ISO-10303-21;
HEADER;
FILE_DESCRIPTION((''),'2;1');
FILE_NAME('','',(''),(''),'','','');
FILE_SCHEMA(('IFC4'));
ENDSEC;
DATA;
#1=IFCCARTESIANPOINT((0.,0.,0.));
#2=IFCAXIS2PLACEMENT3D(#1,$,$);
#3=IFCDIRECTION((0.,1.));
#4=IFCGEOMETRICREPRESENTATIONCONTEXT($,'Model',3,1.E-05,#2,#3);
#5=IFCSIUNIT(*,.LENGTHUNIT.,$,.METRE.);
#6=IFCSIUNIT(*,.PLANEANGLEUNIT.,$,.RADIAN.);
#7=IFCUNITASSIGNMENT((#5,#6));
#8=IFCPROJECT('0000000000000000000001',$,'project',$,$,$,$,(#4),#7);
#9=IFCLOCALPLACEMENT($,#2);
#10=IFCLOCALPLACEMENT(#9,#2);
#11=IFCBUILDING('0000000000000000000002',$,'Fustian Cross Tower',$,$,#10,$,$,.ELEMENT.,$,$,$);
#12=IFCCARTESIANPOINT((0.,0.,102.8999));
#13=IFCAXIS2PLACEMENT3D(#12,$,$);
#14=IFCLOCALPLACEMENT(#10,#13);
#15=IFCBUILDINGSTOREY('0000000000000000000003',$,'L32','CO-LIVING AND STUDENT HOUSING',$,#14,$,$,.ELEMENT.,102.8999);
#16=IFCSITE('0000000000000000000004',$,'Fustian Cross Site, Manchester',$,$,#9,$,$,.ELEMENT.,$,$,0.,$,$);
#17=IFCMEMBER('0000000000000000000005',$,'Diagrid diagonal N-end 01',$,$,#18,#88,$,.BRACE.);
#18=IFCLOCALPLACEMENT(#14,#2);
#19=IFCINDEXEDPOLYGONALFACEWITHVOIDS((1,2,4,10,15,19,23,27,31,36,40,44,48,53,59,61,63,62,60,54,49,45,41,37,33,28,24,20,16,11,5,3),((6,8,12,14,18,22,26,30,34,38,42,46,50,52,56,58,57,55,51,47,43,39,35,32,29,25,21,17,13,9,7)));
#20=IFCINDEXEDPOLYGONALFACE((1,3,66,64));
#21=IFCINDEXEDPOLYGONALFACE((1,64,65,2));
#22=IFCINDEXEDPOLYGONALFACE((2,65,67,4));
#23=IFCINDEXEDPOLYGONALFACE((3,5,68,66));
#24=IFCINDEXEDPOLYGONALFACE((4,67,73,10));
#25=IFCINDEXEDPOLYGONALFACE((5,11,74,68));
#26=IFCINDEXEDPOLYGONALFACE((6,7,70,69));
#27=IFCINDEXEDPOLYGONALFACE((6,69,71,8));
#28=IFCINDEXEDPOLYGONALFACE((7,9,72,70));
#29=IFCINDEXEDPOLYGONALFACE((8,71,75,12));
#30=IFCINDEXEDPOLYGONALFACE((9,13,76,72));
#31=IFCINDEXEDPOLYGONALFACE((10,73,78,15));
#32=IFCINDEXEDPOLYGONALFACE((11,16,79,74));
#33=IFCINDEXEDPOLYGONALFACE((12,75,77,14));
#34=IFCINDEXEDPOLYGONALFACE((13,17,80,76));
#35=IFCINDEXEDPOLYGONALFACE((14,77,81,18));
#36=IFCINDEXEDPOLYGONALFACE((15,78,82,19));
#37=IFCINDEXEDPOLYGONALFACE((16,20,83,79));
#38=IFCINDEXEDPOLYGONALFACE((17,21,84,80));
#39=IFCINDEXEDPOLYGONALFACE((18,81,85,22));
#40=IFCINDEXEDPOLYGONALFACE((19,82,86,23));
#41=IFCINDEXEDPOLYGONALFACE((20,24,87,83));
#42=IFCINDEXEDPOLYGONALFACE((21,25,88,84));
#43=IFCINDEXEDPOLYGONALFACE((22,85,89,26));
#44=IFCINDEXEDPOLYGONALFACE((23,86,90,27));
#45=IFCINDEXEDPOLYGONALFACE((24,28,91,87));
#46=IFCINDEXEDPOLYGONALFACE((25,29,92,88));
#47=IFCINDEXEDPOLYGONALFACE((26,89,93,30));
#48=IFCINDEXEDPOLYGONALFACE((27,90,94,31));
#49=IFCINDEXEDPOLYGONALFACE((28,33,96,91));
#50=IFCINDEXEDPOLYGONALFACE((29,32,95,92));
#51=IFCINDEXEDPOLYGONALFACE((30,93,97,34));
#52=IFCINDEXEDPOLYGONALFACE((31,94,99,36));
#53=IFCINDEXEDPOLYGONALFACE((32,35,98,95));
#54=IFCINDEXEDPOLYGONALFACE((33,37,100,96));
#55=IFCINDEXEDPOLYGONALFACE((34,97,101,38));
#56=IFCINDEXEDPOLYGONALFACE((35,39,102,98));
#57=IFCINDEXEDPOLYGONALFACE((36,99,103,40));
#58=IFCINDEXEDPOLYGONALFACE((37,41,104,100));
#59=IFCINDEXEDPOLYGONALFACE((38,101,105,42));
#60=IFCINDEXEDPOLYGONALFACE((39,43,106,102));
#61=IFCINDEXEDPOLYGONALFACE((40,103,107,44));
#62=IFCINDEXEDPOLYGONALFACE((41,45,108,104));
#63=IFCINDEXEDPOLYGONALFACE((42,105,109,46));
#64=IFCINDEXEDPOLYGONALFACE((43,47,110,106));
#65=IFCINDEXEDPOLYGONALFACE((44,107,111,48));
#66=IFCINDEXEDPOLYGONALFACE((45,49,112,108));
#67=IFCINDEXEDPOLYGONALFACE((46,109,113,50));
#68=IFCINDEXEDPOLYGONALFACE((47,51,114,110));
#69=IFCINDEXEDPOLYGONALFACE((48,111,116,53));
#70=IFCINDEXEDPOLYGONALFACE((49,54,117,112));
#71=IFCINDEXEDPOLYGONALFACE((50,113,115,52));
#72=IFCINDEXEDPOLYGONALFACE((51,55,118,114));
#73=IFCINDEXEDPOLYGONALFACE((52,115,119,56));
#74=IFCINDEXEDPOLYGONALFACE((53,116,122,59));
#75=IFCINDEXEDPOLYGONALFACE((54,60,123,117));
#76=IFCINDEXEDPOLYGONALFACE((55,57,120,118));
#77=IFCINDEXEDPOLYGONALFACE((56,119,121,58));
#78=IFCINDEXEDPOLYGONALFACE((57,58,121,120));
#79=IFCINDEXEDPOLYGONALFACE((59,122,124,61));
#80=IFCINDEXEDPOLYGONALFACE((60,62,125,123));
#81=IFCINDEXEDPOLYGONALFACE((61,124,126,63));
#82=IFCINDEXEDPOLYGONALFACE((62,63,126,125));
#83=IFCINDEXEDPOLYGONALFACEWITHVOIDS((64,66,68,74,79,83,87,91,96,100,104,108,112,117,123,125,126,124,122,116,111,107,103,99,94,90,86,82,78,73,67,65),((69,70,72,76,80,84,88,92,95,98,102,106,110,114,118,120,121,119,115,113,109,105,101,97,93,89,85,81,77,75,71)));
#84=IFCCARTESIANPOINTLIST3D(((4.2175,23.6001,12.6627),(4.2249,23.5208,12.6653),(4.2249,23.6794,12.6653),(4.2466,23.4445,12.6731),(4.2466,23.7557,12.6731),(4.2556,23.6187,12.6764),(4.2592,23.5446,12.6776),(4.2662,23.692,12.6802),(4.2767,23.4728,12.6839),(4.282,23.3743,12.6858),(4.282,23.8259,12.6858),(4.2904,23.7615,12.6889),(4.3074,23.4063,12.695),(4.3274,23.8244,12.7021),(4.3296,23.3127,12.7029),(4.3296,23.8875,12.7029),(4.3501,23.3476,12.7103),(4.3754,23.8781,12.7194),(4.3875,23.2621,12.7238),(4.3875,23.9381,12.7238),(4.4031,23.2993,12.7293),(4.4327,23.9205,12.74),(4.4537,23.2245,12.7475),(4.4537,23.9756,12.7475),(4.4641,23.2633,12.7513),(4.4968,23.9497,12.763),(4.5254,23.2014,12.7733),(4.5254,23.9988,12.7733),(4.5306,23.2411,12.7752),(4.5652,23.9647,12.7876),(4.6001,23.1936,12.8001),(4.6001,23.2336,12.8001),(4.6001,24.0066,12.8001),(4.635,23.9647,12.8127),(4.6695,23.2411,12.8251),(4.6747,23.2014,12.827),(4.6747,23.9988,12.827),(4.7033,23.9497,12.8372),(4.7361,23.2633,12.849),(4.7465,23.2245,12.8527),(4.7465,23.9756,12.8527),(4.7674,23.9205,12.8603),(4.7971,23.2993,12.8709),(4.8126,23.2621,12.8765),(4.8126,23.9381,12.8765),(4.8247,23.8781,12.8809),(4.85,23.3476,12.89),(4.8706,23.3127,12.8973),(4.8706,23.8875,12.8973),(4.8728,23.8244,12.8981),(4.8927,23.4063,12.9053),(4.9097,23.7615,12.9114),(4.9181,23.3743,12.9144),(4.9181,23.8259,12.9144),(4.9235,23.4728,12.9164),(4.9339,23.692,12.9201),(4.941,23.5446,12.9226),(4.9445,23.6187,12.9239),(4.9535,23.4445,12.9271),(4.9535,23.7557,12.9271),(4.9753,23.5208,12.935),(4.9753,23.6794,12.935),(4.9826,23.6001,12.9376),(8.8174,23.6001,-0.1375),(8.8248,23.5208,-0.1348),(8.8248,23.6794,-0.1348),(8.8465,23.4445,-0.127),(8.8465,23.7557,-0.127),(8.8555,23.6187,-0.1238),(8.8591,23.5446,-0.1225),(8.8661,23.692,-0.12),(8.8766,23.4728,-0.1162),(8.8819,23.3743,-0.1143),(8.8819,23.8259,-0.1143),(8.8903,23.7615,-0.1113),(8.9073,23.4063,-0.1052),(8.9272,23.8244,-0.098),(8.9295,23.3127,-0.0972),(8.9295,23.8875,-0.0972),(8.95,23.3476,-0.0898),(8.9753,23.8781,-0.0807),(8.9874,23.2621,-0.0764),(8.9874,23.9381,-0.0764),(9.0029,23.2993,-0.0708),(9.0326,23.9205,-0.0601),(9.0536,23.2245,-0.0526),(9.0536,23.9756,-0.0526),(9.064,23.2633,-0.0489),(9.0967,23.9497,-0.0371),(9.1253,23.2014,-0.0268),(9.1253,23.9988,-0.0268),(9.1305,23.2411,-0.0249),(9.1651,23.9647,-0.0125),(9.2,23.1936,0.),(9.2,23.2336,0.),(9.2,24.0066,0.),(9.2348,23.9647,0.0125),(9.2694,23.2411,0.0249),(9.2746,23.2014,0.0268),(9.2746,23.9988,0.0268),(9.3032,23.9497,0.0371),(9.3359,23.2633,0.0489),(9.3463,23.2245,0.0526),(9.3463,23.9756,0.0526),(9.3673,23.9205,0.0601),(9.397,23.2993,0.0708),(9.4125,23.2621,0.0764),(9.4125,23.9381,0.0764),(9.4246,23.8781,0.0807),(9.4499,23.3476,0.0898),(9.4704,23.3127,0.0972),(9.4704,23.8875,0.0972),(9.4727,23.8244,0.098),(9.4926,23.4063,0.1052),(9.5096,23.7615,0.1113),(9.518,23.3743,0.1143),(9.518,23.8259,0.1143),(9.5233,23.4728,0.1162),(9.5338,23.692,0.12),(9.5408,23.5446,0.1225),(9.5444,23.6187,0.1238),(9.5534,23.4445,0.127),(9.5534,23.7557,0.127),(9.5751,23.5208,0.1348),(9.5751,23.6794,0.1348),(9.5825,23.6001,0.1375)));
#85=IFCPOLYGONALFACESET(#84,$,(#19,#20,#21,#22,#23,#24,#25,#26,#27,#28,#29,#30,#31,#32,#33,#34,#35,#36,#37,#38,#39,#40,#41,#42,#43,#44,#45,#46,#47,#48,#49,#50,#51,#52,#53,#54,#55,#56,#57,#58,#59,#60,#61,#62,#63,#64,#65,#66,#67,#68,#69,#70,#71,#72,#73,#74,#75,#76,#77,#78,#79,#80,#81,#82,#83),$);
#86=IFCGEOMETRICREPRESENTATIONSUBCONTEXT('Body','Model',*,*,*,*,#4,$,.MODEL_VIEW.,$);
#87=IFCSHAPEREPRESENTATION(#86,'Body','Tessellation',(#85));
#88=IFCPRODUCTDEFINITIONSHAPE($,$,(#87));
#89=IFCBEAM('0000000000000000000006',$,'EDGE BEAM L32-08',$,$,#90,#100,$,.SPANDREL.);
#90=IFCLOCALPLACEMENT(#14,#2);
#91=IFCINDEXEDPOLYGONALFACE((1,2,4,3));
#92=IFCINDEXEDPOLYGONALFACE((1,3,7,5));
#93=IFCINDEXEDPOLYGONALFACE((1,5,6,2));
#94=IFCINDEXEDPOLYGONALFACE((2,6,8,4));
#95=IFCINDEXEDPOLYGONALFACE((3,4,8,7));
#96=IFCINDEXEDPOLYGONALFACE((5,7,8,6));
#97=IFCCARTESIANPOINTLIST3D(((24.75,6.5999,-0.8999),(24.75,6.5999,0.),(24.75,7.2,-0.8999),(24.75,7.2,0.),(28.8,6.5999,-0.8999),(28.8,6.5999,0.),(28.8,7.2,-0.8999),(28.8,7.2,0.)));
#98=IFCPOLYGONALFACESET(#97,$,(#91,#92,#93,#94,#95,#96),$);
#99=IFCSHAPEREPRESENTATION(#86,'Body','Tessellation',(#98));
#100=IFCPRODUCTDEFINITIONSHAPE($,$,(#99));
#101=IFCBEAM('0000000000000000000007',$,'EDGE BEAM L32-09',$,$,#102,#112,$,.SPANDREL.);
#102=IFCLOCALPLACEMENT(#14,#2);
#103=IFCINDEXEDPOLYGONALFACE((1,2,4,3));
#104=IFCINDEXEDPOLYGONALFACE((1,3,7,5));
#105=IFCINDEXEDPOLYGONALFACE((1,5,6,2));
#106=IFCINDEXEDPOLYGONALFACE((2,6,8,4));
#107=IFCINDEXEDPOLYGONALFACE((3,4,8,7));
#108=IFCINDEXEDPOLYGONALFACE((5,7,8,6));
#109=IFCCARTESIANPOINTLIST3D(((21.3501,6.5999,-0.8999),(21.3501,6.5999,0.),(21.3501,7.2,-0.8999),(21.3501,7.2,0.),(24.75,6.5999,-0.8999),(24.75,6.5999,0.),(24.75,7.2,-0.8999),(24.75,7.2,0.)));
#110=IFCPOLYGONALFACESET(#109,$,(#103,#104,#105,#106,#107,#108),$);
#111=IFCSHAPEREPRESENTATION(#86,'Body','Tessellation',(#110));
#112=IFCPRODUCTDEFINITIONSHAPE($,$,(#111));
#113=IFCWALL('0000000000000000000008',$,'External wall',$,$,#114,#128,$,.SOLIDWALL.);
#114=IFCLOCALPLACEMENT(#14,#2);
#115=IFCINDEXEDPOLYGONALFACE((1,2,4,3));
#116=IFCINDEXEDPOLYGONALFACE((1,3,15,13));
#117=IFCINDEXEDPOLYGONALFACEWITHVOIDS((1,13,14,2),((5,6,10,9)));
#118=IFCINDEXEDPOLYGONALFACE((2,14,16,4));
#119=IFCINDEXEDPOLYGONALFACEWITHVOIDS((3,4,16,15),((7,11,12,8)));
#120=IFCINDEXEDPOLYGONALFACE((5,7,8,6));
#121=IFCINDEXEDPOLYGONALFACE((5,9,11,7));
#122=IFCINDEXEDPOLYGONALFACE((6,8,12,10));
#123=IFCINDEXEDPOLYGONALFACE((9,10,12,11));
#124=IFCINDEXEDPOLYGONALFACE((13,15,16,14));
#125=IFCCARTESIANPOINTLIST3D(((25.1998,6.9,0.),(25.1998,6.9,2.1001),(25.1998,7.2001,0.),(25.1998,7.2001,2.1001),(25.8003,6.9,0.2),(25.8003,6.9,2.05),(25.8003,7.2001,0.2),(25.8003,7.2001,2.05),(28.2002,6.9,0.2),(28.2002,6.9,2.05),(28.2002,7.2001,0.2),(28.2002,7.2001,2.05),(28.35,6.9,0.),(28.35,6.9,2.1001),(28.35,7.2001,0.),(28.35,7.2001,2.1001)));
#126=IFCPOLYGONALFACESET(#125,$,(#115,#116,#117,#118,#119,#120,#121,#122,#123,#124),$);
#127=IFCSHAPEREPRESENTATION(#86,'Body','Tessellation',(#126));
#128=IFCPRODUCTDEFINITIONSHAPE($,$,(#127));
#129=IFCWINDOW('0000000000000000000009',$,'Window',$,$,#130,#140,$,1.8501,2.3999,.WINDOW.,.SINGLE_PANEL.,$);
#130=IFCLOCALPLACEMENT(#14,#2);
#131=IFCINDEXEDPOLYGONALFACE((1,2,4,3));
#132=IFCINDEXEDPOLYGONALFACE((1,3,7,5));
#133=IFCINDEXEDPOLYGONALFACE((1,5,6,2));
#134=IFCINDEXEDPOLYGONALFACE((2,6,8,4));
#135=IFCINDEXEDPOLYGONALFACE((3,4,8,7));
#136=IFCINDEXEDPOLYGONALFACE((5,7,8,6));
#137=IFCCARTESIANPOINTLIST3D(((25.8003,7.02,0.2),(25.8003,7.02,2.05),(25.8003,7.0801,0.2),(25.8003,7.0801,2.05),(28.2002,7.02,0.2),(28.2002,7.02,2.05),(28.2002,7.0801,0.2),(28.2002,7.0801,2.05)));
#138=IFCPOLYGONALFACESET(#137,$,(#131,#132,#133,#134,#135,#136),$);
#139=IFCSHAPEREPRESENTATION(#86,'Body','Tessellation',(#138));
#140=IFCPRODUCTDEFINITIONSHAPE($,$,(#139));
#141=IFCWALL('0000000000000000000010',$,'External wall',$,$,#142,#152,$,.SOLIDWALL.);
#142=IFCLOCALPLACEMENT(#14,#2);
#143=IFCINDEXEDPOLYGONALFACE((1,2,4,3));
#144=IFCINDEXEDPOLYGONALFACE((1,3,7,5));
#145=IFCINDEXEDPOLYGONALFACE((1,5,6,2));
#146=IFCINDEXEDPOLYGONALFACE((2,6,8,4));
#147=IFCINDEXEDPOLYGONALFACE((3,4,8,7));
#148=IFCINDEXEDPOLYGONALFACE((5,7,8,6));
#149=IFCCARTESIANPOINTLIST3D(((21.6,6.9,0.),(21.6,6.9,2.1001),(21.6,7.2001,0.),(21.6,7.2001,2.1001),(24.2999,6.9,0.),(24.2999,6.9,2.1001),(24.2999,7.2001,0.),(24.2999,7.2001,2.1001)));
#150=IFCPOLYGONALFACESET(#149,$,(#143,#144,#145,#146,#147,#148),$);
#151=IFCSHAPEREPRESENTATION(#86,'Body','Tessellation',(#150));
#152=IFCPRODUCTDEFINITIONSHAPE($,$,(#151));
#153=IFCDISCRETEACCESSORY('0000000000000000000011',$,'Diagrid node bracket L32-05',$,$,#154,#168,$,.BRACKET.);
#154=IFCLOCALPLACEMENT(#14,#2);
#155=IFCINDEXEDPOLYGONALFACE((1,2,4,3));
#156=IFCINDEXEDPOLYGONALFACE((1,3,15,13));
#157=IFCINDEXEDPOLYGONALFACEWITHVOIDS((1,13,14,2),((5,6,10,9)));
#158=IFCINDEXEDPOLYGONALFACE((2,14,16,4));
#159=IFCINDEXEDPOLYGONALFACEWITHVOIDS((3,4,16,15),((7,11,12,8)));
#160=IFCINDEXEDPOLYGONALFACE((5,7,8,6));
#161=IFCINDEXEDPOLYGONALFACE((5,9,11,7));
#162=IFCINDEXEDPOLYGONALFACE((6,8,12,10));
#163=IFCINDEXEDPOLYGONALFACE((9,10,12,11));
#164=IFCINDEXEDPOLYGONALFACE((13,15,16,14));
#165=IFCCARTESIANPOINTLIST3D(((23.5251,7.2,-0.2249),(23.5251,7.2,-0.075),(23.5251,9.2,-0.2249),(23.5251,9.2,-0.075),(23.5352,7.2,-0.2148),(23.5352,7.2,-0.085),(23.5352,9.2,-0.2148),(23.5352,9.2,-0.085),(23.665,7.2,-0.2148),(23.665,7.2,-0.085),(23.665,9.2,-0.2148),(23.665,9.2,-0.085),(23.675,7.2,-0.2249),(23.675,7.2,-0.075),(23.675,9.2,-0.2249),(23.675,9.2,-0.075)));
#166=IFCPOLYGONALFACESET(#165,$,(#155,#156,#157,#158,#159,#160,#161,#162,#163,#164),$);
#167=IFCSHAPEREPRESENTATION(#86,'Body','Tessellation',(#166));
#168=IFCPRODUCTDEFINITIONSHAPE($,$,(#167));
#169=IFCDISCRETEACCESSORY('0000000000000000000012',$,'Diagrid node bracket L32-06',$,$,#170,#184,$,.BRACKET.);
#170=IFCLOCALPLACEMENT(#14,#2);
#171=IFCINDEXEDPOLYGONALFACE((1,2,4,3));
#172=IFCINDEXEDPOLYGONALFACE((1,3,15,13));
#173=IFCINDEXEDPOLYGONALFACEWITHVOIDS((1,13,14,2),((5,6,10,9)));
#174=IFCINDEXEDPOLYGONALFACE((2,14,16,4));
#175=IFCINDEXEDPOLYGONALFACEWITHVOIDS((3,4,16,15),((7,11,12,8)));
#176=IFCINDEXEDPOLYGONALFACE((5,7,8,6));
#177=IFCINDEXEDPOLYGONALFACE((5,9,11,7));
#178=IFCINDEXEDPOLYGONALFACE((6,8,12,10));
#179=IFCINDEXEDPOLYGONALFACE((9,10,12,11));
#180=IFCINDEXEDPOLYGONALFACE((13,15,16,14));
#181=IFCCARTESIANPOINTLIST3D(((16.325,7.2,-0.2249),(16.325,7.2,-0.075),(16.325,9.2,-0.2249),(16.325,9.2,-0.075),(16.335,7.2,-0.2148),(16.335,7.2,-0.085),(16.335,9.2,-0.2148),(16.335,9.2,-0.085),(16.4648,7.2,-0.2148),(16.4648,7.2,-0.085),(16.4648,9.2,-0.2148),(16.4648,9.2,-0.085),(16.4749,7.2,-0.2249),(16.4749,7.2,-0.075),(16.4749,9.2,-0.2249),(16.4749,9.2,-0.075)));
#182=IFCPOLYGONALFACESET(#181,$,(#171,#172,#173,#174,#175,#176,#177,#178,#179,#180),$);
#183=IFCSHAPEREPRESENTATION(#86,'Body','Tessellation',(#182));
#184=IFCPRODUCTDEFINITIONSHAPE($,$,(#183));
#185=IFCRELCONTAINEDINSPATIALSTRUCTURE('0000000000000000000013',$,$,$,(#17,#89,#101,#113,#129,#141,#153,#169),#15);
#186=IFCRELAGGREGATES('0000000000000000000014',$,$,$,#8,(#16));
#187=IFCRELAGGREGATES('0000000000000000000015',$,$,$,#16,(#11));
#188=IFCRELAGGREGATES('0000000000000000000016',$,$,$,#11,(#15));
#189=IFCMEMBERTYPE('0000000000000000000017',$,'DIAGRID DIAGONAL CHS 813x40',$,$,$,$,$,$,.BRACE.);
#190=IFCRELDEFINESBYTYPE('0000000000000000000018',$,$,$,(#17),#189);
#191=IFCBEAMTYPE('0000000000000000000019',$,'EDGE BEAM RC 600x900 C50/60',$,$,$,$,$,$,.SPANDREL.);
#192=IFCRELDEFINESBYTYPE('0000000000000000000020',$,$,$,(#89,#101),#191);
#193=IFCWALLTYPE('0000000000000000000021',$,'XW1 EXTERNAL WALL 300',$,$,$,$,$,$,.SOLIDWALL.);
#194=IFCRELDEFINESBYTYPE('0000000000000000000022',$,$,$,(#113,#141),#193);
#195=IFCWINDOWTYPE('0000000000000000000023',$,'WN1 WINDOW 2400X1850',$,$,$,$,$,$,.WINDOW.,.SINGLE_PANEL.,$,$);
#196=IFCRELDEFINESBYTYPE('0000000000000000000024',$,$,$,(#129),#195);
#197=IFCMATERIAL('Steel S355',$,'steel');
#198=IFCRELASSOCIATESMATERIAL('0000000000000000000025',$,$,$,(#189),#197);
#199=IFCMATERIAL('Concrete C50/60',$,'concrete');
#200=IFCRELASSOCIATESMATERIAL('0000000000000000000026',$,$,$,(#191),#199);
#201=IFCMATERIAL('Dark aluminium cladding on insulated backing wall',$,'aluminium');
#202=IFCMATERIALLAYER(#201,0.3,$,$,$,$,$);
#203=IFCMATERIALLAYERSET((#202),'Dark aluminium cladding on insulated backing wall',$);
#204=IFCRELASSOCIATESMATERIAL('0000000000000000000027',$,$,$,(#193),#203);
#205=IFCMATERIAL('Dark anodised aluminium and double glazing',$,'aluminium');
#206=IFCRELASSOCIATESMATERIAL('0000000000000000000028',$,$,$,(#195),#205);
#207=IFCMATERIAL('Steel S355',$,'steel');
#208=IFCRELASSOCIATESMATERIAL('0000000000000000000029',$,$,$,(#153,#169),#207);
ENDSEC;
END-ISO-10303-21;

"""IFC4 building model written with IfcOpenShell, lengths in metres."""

from ifc_helpers import new_model, si_unit, direction, frame, frame_2d, origin, origin_2d, place, context, subcontext, project, spatial, rectangle, hollow_rectangle, hollow_circle, extrude, material, layer, layer_set, material_profile, profile_set, type_object, element, fill, save


model = new_model("IFC4")

# Units and contexts
model_context = context("Model", 3, precision=1e-05, world=origin(), true_north=direction((0.0, 1.0)))
body_context = subcontext(model_context, "Body", "Model", "MODEL_VIEW")
ifc_project = project(units=[si_unit("LENGTHUNIT", "METRE"), si_unit("PLANEANGLEUNIT", "RADIAN")], contexts=[model_context])

# Site, building, storey
site_placement = place(None, origin())
site = spatial("IfcSite", under=ifc_project, at=site_placement, Name="Fustian Cross Site, Manchester", CompositionType="ELEMENT", RefElevation=0.0)
building_placement = place(site_placement, origin())
building = spatial("IfcBuilding", under=site, at=building_placement, Name="Fustian Cross Tower", CompositionType="ELEMENT")
storey_placement = place(building_placement, frame((0.0, 0.0, 102.8999)))
storey = spatial("IfcBuildingStorey", under=building, at=storey_placement, Name="L32", Description="CO-LIVING AND STUDENT HOUSING", CompositionType="ELEMENT", Elevation=102.8999)

# Member
ifc_material_1 = material(Name="Steel S355", Category="steel")
ifc_material_profile_1 = material_profile(ifc_material_1, hollow_circle(Radius=0.4065, WallThickness=0.04, at=origin_2d()), Name="CHS 813x40")
ifc_profile_set_1 = profile_set([ifc_material_profile_1], Name="Steel S355")
member_type_1 = type_object("IfcMemberType", Name="DIAGRID DIAGONAL CHS 813x40", PredefinedType="BRACE", material=ifc_profile_set_1)
member_1_placement = place(storey_placement, frame((9.2, 23.6001, 0.0), z_axis=(-0.338188, 0.0, 0.941079), x_axis=(0.0, -1.0, 0.0)))
element("IfcMember", 1, at=member_1_placement, inside=storey, type_object=member_type_1, Name="Diagrid diagonal N-end 01", PredefinedType="BRACE", context=body_context, shape_type="SweptSolid", body=[
    extrude(hollow_circle(Radius=0.4065, WallThickness=0.04, at=origin_2d()), origin(), (0.0, 0.0, 1.0), 13.6016),
])

# Beams
ifc_material_2 = material(Name="Concrete C50/60", Category="concrete")
ifc_material_profile_2 = material_profile(ifc_material_2, rectangle(XDim=0.6001, YDim=0.8999, at=origin_2d()), Name="RC 600x900")
ifc_profile_set_2 = profile_set([ifc_material_profile_2], Name="Concrete C50/60")
beam_type = type_object("IfcBeamType", Name="EDGE BEAM RC 600x900 C50/60", PredefinedType="SPANDREL", material=ifc_profile_set_2)
beam_1_placement = place(storey_placement, frame((28.8, 6.8999, -0.45), z_axis=(-1.0, 0.0, 0.0), x_axis=(0.0, -1.0, 0.0)))
element("IfcBeam", 2, at=beam_1_placement, inside=storey, type_object=beam_type, Name="EDGE BEAM L32-08", PredefinedType="SPANDREL", context=body_context, shape_type="SweptSolid", body=[
    extrude(rectangle(XDim=0.6001, YDim=0.8999, at=origin_2d()), origin(), (0.0, 0.0, 1.0), 4.05),
])
beam_2_placement = place(storey_placement, frame((24.75, 6.8999, -0.45), z_axis=(-1.0, 0.0, 0.0), x_axis=(0.0, -1.0, 0.0)))
element("IfcBeam", 3, at=beam_2_placement, inside=storey, type_object=beam_type, Name="EDGE BEAM L32-09", PredefinedType="SPANDREL", context=body_context, shape_type="SweptSolid", body=[
    extrude(rectangle(XDim=0.6001, YDim=0.8999, at=origin_2d()), origin(), (0.0, 0.0, 1.0), 3.3999),
])

# Wall, opening, window
ifc_material_3 = material(Name="Dark aluminium cladding on insulated backing wall", Category="aluminium")
ifc_layer = layer(ifc_material_3, 0.3)
ifc_layer_set = layer_set([ifc_layer], Name="Dark aluminium cladding on insulated backing wall")
wall_type = type_object("IfcWallType", Name="XW1 EXTERNAL WALL 300", PredefinedType="SOLIDWALL", material=ifc_layer_set)
wall_1_placement = place(storey_placement, frame((28.3501, 7.05, 0.0), z_axis=(0.0, 0.0, 1.0), x_axis=(-1.0, 0.0, 0.0)))
wall_1 = element("IfcWall", 4, at=wall_1_placement, inside=storey, type_object=wall_type, Name="External wall", PredefinedType="SOLIDWALL", context=body_context, shape_type="SweptSolid", body=[
    extrude(rectangle(XDim=3.1501, YDim=0.3, at=frame_2d((1.5752, 0.0))), origin(), (0.0, 0.0, 1.0), 2.1001),
])
opening_placement = place(wall_1_placement, frame((0.1499, 0.0, 0.2)))
opening = element("IfcOpeningElement", 5, at=opening_placement, cuts=wall_1, PredefinedType="OPENING", context=body_context, shape_type="SweptSolid", body=[
    extrude(rectangle(XDim=2.3999, YDim=1.8501, at=frame_2d((1.2, 0.925))), frame((0.0, 0.1599, 0.0), z_axis=(0.0, -1.0, 0.0), x_axis=(1.0, 0.0, 0.0)), (0.0, 0.0, 1.0), 0.3201),
])
ifc_material_4 = material(Name="Dark anodised aluminium and double glazing", Category="aluminium")
window_type = type_object("IfcWindowType", Name="WN1 WINDOW 2400X1850", PartitioningType="SINGLE_PANEL", PredefinedType="WINDOW", material=ifc_material_4)
window_placement = place(opening_placement, origin())
window = element("IfcWindow", 6, at=window_placement, inside=storey, type_object=window_type, Name="Window", OverallHeight=1.8501, OverallWidth=2.3999, PartitioningType="SINGLE_PANEL", PredefinedType="WINDOW", context=body_context, shape_type="SweptSolid", body=[
    extrude(rectangle(XDim=2.3999, YDim=1.8501, at=frame_2d((1.2, 0.925))), frame((0.0, 0.03, 0.0), z_axis=(0.0, -1.0, 0.0), x_axis=(1.0, 0.0, 0.0)), (0.0, 0.0, 1.0), 0.0601),
])
fill(opening, window)

# Wall
wall_2_placement = place(storey_placement, frame((24.3, 7.05, 0.0), z_axis=(0.0, 0.0, 1.0), x_axis=(-1.0, 0.0, 0.0)))
element("IfcWall", 7, at=wall_2_placement, inside=storey, type_object=wall_type, Name="External wall", PredefinedType="SOLIDWALL", context=body_context, shape_type="SweptSolid", body=[
    extrude(rectangle(XDim=2.7, YDim=0.3, at=frame_2d((1.3501, 0.0))), origin(), (0.0, 0.0, 1.0), 2.1001),
])

# Discrete accessories
ifc_material_5 = material(Name="Steel S355", Category="steel")
for number, where, z_axis, x_axis, name in (
    (8, (23.6001, 9.2, -0.1499), (0.0, -1.0, 0.0), (1.0, 0.0, 0.0), "Diagrid node bracket L32-05"),
    (9, (16.3999, 9.2, -0.1499), (0.0, -1.0, 0.0), (1.0, 0.0, 0.0), "Diagrid node bracket L32-06"),
):
    element("IfcDiscreteAccessory", number, at=place(storey_placement, frame(where, z_axis=z_axis, x_axis=x_axis)), inside=storey, material=ifc_material_5, Name=name, PredefinedType="BRACKET", context=body_context, shape_type="SweptSolid", body=[
        extrude(hollow_rectangle(XDim=0.1499, YDim=0.1499, WallThickness=0.01, at=origin_2d()), origin(), (0.0, 0.0, 1.0), 2.0),
    ])

save(model, "model.ifc")
